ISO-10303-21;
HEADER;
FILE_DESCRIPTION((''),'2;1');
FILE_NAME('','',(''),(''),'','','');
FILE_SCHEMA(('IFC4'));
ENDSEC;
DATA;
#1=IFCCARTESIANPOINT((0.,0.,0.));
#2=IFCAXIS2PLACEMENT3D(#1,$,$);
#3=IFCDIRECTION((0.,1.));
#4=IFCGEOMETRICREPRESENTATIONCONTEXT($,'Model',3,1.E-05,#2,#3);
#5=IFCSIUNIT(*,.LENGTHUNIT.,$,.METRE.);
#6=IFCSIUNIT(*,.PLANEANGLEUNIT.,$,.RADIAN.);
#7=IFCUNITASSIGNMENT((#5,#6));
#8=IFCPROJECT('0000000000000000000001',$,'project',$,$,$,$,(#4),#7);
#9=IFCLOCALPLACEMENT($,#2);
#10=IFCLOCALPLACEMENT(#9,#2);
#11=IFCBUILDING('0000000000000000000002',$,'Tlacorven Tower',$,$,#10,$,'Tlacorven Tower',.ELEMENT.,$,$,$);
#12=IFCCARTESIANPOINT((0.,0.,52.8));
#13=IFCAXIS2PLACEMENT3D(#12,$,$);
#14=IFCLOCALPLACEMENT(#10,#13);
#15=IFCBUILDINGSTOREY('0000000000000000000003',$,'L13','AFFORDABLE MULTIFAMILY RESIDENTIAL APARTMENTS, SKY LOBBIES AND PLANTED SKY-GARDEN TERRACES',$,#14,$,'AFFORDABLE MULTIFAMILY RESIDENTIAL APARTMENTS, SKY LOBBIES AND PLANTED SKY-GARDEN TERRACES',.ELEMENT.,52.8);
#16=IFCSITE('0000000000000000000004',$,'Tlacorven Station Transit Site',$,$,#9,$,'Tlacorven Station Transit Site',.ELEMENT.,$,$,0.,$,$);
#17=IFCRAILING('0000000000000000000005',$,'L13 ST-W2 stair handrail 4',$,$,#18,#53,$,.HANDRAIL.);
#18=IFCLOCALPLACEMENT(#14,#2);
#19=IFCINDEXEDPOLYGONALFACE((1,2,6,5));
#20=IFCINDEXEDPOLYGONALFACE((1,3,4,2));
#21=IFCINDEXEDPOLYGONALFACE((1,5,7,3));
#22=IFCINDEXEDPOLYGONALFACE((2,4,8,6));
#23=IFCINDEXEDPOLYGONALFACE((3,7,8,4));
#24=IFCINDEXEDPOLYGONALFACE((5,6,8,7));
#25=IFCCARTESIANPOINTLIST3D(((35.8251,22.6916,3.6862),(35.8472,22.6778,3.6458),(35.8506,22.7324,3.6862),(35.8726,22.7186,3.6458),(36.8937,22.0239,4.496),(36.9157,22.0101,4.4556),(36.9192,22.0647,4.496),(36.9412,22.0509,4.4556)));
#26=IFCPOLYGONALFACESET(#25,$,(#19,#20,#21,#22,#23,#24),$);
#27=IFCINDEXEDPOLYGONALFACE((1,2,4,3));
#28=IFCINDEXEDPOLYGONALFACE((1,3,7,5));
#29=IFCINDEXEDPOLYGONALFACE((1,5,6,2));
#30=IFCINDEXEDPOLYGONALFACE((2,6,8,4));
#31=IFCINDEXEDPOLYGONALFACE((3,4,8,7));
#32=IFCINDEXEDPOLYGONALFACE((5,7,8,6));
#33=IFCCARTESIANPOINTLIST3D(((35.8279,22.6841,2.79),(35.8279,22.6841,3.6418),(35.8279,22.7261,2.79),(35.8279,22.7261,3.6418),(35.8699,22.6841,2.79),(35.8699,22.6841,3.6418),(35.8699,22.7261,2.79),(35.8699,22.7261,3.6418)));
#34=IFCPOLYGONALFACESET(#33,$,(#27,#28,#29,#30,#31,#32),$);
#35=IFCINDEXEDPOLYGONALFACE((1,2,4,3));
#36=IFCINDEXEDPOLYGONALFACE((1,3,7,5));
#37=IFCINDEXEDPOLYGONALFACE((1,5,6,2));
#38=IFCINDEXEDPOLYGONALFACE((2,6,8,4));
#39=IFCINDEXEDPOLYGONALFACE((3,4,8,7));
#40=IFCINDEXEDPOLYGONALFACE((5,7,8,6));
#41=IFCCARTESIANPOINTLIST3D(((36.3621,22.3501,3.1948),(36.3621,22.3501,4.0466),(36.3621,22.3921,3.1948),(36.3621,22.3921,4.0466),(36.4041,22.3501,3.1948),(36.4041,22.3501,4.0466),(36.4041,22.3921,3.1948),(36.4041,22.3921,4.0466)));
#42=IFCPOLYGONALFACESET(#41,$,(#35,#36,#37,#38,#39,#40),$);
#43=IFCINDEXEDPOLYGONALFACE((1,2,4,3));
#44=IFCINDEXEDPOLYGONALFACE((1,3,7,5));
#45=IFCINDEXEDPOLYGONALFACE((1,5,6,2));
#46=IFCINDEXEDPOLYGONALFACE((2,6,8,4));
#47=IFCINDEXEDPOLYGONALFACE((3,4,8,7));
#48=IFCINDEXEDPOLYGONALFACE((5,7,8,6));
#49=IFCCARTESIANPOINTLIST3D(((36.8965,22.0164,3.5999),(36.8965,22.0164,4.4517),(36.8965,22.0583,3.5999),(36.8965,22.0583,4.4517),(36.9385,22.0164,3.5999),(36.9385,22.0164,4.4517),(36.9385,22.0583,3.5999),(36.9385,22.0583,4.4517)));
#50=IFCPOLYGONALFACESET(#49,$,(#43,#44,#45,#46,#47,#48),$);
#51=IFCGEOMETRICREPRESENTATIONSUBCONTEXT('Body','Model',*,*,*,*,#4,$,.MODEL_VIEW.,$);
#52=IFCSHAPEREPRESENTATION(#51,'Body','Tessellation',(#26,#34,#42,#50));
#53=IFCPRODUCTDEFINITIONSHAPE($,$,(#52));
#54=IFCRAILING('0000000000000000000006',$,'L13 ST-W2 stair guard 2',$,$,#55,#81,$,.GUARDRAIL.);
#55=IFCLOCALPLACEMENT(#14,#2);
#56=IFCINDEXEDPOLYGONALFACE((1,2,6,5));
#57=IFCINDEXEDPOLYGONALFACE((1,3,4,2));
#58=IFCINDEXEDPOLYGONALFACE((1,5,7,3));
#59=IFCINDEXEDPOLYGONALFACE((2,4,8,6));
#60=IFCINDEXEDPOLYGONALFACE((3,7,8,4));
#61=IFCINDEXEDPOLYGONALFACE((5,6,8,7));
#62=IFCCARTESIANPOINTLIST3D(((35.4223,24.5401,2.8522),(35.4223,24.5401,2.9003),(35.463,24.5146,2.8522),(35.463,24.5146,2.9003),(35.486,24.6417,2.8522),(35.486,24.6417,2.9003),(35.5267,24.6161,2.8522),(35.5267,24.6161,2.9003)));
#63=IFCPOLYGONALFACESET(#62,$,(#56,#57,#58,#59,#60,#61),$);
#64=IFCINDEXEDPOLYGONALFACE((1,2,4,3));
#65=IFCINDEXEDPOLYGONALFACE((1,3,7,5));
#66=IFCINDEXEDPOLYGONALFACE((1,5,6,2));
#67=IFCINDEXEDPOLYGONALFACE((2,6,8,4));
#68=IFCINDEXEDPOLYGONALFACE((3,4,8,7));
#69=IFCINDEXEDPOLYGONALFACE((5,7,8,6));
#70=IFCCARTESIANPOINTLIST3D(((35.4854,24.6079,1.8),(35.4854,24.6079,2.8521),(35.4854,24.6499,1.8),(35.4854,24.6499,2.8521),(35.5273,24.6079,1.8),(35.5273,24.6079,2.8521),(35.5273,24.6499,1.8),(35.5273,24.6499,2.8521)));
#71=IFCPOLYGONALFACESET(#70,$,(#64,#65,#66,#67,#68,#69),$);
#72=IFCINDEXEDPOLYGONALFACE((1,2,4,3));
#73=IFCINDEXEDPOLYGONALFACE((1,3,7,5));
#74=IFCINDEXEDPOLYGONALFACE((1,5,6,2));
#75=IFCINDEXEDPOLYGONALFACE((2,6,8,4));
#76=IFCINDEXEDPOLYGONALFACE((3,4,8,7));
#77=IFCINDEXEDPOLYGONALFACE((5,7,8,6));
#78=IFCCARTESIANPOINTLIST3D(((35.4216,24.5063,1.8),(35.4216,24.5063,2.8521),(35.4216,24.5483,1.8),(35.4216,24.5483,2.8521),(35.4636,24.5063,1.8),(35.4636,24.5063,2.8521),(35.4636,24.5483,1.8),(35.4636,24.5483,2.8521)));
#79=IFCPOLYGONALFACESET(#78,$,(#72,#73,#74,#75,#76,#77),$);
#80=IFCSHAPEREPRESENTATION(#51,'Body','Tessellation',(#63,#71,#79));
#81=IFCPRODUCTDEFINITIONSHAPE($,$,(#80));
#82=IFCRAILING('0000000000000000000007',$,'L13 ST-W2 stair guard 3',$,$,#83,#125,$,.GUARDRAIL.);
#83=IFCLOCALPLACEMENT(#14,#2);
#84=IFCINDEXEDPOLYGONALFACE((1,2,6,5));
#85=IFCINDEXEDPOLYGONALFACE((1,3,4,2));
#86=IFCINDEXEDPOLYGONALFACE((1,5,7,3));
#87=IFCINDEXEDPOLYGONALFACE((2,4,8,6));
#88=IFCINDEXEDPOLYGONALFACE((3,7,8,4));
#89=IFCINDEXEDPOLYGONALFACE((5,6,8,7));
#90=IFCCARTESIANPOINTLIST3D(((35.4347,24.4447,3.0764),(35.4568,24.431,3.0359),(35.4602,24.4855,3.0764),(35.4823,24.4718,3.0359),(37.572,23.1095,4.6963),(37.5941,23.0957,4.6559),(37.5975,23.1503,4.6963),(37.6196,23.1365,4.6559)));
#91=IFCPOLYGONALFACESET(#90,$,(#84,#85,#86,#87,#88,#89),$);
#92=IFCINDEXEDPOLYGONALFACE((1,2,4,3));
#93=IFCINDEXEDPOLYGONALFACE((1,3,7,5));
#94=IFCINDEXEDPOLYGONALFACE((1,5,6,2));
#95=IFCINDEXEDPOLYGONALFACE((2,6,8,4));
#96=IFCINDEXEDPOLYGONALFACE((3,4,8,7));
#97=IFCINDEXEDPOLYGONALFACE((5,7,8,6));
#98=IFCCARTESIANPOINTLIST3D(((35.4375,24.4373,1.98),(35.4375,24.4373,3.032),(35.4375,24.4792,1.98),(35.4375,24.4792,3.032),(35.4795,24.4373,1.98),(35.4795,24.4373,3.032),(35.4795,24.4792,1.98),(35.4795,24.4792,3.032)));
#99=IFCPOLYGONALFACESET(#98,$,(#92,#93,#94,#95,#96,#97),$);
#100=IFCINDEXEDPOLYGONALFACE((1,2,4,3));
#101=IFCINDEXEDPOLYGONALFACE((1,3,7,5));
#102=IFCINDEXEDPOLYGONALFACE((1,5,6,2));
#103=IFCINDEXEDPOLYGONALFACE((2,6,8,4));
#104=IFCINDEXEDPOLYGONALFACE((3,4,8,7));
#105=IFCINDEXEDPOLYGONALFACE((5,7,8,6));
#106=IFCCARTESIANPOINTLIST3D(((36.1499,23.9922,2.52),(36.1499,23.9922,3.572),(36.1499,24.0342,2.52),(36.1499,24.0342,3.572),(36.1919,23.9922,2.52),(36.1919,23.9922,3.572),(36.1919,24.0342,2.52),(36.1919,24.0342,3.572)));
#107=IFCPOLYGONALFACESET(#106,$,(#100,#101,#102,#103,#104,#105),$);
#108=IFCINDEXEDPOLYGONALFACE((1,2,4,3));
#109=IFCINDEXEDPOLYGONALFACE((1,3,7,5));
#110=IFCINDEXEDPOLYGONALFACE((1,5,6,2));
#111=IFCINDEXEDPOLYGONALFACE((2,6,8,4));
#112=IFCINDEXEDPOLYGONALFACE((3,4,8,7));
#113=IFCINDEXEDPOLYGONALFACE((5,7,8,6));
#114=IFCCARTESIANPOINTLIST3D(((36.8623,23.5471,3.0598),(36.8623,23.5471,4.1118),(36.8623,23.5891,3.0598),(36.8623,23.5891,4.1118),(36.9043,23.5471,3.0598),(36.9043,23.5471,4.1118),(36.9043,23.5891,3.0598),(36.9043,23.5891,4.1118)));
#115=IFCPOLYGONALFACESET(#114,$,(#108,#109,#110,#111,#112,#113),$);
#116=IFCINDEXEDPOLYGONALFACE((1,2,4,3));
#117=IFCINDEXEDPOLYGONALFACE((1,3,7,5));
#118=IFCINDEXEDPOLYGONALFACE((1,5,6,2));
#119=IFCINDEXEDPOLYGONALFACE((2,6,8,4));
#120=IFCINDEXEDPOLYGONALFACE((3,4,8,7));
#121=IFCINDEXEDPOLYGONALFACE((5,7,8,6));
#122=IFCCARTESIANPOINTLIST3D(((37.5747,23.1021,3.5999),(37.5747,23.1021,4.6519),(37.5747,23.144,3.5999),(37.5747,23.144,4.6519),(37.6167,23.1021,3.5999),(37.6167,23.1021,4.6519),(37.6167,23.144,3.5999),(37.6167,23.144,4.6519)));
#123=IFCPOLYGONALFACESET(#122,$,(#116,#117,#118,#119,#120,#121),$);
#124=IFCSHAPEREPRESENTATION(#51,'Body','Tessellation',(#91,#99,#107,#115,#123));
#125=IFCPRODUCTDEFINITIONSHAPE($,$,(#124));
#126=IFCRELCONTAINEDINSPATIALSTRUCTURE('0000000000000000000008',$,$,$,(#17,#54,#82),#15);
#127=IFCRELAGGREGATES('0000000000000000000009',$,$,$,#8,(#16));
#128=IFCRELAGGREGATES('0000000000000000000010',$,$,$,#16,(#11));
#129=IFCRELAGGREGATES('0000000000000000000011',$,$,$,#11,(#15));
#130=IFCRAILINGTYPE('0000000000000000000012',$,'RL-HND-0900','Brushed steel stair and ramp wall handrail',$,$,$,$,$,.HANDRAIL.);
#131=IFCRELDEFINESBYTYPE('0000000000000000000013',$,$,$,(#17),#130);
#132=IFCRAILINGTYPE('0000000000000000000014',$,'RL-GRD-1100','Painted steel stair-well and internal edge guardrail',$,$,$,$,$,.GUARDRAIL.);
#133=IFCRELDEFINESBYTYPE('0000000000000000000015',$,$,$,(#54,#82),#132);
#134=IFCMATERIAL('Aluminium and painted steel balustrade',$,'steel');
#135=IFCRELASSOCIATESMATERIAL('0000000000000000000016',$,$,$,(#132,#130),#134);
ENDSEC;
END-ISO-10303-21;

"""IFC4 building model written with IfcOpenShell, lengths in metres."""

from ifc_helpers import new_model, si_unit, direction, frame, origin, origin_2d, place, context, subcontext, project, spatial, rectangle, extrude, source, transform, mapped, material, type_object, element, save


model = new_model("IFC4")

# Units and contexts
model_context = context("Model", 3, precision=1e-05, world=origin(), true_north=direction((0.0, 1.0)))
body_context = subcontext(model_context, "Body", "Model", "MODEL_VIEW")
ifc_project = project(units=[si_unit("LENGTHUNIT", "METRE"), si_unit("PLANEANGLEUNIT", "RADIAN")], contexts=[model_context])

# Site, building, storey
site_placement = place(None, origin())
site = spatial("IfcSite", under=ifc_project, at=site_placement, Name="Tlacorven Station Transit Site", LongName="Tlacorven Station Transit Site", CompositionType="ELEMENT", RefElevation=0.0)
building_placement = place(site_placement, origin())
building = spatial("IfcBuilding", under=site, at=building_placement, Name="Tlacorven Tower", LongName="Tlacorven Tower", CompositionType="ELEMENT")
storey_placement = place(building_placement, frame((0.0, 0.0, 52.8)))
storey = spatial("IfcBuildingStorey", under=building, at=storey_placement, Name="L13", Description="AFFORDABLE MULTIFAMILY RESIDENTIAL APARTMENTS, SKY LOBBIES AND PLANTED SKY-GARDEN TERRACES", LongName="AFFORDABLE MULTIFAMILY RESIDENTIAL APARTMENTS, SKY LOBBIES AND PLANTED SKY-GARDEN TERRACES", CompositionType="ELEMENT", Elevation=52.8)

# Railings
ifc_material_1 = material(Name="Aluminium and painted steel balustrade", Category="steel")
railing_type_1 = type_object("IfcRailingType", Name="RL-GRD-1100", Description="Painted steel stair-well and internal edge guardrail", PredefinedType="GUARDRAIL", material=ifc_material_1)
railing_type_2 = type_object("IfcRailingType", Name="RL-HND-0900", Description="Brushed steel stair and ramp wall handrail", PredefinedType="HANDRAIL", material=ifc_material_1)
shared_shape_1 = source(origin(), body_context, "Body", "SweptSolid", [
    extrude(rectangle(XDim=0.0481, YDim=0.0481, at=origin_2d()), frame((0.0, 0.0, 0.876), z_axis=(0.713423, -0.445787, 0.540649), x_axis=(0.529912, 0.848053, 0.0)), (0.0, 0.0, 1.0), 1.4978),
    extrude(rectangle(XDim=0.042, YDim=0.042, at=origin_2d()), origin(), (0.0, 0.0, 1.0), 0.8518),
    extrude(rectangle(XDim=0.042, YDim=0.042, at=origin_2d()), frame((0.5342, -0.334, 0.4048)), (0.0, 0.0, 1.0), 0.8518),
    extrude(rectangle(XDim=0.042, YDim=0.042, at=origin_2d()), frame((1.0686, -0.6677, 0.8098)), (0.0, 0.0, 1.0), 0.8518),
])
railing_1_placement = place(storey_placement, frame((35.8489, 22.7051, 2.79)))
element("IfcRailing", 1, at=railing_1_placement, inside=storey, type_object=railing_type_2, Name="L13 ST-W2 stair handrail 4", PredefinedType="HANDRAIL", context=body_context, shape_type="MappedRepresentation", body=[
    mapped(shared_shape_1, transform((0.0, 0.0, 0.0), scale=1.0)),
])
shared_shape_2 = source(origin(), body_context, "Body", "SweptSolid", [
    extrude(rectangle(XDim=0.0481, YDim=0.0481, at=origin_2d()), frame((0.0, 0.0, 1.0762), z_axis=(-0.531462, -0.847082, 0.0), x_axis=(0.847082, -0.531462, 0.0)), (0.0, 0.0, 1.0), 0.1199),
    extrude(rectangle(XDim=0.042, YDim=0.042, at=origin_2d()), origin(), (0.0, 0.0, 1.0), 1.052),
    extrude(rectangle(XDim=0.042, YDim=0.042, at=origin_2d()), frame((-0.0637, -0.1016, 0.0)), (0.0, 0.0, 1.0), 1.052),
])
railing_2_placement = place(storey_placement, frame((35.5063, 24.6289, 1.8)))
element("IfcRailing", 2, at=railing_2_placement, inside=storey, type_object=railing_type_1, Name="L13 ST-W2 stair guard 2", PredefinedType="GUARDRAIL", context=body_context, shape_type="MappedRepresentation", body=[
    mapped(shared_shape_2, transform((0.0, 0.0, 0.0), scale=1.0)),
])
shared_shape_3 = source(origin(), body_context, "Body", "SweptSolid", [
    extrude(rectangle(XDim=0.0481, YDim=0.0481, at=origin_2d()), frame((0.0, 0.0, 1.0762), z_axis=(0.713417, -0.445702, 0.540727), x_axis=(0.529842, 0.848096, 0.0)), (0.0, 0.0, 1.0), 2.9958),
    extrude(rectangle(XDim=0.042, YDim=0.042, at=origin_2d()), origin(), (0.0, 0.0, 1.0), 1.052),
    extrude(rectangle(XDim=0.042, YDim=0.042, at=origin_2d()), frame((0.7124, -0.4451, 0.54)), (0.0, 0.0, 1.0), 1.052),
    extrude(rectangle(XDim=0.042, YDim=0.042, at=origin_2d()), frame((1.4248, -0.8901, 1.0798)), (0.0, 0.0, 1.0), 1.052),
    extrude(rectangle(XDim=0.042, YDim=0.042, at=origin_2d()), frame((2.1372, -1.3352, 1.6199)), (0.0, 0.0, 1.0), 1.052),
])
railing_3_placement = place(storey_placement, frame((35.4585, 24.4583, 1.98)))
element("IfcRailing", 3, at=railing_3_placement, inside=storey, type_object=railing_type_1, Name="L13 ST-W2 stair guard 3", PredefinedType="GUARDRAIL", context=body_context, shape_type="MappedRepresentation", body=[
    mapped(shared_shape_3, transform((0.0, 0.0, 0.0), scale=1.0)),
])

save(model, "model.ifc")
